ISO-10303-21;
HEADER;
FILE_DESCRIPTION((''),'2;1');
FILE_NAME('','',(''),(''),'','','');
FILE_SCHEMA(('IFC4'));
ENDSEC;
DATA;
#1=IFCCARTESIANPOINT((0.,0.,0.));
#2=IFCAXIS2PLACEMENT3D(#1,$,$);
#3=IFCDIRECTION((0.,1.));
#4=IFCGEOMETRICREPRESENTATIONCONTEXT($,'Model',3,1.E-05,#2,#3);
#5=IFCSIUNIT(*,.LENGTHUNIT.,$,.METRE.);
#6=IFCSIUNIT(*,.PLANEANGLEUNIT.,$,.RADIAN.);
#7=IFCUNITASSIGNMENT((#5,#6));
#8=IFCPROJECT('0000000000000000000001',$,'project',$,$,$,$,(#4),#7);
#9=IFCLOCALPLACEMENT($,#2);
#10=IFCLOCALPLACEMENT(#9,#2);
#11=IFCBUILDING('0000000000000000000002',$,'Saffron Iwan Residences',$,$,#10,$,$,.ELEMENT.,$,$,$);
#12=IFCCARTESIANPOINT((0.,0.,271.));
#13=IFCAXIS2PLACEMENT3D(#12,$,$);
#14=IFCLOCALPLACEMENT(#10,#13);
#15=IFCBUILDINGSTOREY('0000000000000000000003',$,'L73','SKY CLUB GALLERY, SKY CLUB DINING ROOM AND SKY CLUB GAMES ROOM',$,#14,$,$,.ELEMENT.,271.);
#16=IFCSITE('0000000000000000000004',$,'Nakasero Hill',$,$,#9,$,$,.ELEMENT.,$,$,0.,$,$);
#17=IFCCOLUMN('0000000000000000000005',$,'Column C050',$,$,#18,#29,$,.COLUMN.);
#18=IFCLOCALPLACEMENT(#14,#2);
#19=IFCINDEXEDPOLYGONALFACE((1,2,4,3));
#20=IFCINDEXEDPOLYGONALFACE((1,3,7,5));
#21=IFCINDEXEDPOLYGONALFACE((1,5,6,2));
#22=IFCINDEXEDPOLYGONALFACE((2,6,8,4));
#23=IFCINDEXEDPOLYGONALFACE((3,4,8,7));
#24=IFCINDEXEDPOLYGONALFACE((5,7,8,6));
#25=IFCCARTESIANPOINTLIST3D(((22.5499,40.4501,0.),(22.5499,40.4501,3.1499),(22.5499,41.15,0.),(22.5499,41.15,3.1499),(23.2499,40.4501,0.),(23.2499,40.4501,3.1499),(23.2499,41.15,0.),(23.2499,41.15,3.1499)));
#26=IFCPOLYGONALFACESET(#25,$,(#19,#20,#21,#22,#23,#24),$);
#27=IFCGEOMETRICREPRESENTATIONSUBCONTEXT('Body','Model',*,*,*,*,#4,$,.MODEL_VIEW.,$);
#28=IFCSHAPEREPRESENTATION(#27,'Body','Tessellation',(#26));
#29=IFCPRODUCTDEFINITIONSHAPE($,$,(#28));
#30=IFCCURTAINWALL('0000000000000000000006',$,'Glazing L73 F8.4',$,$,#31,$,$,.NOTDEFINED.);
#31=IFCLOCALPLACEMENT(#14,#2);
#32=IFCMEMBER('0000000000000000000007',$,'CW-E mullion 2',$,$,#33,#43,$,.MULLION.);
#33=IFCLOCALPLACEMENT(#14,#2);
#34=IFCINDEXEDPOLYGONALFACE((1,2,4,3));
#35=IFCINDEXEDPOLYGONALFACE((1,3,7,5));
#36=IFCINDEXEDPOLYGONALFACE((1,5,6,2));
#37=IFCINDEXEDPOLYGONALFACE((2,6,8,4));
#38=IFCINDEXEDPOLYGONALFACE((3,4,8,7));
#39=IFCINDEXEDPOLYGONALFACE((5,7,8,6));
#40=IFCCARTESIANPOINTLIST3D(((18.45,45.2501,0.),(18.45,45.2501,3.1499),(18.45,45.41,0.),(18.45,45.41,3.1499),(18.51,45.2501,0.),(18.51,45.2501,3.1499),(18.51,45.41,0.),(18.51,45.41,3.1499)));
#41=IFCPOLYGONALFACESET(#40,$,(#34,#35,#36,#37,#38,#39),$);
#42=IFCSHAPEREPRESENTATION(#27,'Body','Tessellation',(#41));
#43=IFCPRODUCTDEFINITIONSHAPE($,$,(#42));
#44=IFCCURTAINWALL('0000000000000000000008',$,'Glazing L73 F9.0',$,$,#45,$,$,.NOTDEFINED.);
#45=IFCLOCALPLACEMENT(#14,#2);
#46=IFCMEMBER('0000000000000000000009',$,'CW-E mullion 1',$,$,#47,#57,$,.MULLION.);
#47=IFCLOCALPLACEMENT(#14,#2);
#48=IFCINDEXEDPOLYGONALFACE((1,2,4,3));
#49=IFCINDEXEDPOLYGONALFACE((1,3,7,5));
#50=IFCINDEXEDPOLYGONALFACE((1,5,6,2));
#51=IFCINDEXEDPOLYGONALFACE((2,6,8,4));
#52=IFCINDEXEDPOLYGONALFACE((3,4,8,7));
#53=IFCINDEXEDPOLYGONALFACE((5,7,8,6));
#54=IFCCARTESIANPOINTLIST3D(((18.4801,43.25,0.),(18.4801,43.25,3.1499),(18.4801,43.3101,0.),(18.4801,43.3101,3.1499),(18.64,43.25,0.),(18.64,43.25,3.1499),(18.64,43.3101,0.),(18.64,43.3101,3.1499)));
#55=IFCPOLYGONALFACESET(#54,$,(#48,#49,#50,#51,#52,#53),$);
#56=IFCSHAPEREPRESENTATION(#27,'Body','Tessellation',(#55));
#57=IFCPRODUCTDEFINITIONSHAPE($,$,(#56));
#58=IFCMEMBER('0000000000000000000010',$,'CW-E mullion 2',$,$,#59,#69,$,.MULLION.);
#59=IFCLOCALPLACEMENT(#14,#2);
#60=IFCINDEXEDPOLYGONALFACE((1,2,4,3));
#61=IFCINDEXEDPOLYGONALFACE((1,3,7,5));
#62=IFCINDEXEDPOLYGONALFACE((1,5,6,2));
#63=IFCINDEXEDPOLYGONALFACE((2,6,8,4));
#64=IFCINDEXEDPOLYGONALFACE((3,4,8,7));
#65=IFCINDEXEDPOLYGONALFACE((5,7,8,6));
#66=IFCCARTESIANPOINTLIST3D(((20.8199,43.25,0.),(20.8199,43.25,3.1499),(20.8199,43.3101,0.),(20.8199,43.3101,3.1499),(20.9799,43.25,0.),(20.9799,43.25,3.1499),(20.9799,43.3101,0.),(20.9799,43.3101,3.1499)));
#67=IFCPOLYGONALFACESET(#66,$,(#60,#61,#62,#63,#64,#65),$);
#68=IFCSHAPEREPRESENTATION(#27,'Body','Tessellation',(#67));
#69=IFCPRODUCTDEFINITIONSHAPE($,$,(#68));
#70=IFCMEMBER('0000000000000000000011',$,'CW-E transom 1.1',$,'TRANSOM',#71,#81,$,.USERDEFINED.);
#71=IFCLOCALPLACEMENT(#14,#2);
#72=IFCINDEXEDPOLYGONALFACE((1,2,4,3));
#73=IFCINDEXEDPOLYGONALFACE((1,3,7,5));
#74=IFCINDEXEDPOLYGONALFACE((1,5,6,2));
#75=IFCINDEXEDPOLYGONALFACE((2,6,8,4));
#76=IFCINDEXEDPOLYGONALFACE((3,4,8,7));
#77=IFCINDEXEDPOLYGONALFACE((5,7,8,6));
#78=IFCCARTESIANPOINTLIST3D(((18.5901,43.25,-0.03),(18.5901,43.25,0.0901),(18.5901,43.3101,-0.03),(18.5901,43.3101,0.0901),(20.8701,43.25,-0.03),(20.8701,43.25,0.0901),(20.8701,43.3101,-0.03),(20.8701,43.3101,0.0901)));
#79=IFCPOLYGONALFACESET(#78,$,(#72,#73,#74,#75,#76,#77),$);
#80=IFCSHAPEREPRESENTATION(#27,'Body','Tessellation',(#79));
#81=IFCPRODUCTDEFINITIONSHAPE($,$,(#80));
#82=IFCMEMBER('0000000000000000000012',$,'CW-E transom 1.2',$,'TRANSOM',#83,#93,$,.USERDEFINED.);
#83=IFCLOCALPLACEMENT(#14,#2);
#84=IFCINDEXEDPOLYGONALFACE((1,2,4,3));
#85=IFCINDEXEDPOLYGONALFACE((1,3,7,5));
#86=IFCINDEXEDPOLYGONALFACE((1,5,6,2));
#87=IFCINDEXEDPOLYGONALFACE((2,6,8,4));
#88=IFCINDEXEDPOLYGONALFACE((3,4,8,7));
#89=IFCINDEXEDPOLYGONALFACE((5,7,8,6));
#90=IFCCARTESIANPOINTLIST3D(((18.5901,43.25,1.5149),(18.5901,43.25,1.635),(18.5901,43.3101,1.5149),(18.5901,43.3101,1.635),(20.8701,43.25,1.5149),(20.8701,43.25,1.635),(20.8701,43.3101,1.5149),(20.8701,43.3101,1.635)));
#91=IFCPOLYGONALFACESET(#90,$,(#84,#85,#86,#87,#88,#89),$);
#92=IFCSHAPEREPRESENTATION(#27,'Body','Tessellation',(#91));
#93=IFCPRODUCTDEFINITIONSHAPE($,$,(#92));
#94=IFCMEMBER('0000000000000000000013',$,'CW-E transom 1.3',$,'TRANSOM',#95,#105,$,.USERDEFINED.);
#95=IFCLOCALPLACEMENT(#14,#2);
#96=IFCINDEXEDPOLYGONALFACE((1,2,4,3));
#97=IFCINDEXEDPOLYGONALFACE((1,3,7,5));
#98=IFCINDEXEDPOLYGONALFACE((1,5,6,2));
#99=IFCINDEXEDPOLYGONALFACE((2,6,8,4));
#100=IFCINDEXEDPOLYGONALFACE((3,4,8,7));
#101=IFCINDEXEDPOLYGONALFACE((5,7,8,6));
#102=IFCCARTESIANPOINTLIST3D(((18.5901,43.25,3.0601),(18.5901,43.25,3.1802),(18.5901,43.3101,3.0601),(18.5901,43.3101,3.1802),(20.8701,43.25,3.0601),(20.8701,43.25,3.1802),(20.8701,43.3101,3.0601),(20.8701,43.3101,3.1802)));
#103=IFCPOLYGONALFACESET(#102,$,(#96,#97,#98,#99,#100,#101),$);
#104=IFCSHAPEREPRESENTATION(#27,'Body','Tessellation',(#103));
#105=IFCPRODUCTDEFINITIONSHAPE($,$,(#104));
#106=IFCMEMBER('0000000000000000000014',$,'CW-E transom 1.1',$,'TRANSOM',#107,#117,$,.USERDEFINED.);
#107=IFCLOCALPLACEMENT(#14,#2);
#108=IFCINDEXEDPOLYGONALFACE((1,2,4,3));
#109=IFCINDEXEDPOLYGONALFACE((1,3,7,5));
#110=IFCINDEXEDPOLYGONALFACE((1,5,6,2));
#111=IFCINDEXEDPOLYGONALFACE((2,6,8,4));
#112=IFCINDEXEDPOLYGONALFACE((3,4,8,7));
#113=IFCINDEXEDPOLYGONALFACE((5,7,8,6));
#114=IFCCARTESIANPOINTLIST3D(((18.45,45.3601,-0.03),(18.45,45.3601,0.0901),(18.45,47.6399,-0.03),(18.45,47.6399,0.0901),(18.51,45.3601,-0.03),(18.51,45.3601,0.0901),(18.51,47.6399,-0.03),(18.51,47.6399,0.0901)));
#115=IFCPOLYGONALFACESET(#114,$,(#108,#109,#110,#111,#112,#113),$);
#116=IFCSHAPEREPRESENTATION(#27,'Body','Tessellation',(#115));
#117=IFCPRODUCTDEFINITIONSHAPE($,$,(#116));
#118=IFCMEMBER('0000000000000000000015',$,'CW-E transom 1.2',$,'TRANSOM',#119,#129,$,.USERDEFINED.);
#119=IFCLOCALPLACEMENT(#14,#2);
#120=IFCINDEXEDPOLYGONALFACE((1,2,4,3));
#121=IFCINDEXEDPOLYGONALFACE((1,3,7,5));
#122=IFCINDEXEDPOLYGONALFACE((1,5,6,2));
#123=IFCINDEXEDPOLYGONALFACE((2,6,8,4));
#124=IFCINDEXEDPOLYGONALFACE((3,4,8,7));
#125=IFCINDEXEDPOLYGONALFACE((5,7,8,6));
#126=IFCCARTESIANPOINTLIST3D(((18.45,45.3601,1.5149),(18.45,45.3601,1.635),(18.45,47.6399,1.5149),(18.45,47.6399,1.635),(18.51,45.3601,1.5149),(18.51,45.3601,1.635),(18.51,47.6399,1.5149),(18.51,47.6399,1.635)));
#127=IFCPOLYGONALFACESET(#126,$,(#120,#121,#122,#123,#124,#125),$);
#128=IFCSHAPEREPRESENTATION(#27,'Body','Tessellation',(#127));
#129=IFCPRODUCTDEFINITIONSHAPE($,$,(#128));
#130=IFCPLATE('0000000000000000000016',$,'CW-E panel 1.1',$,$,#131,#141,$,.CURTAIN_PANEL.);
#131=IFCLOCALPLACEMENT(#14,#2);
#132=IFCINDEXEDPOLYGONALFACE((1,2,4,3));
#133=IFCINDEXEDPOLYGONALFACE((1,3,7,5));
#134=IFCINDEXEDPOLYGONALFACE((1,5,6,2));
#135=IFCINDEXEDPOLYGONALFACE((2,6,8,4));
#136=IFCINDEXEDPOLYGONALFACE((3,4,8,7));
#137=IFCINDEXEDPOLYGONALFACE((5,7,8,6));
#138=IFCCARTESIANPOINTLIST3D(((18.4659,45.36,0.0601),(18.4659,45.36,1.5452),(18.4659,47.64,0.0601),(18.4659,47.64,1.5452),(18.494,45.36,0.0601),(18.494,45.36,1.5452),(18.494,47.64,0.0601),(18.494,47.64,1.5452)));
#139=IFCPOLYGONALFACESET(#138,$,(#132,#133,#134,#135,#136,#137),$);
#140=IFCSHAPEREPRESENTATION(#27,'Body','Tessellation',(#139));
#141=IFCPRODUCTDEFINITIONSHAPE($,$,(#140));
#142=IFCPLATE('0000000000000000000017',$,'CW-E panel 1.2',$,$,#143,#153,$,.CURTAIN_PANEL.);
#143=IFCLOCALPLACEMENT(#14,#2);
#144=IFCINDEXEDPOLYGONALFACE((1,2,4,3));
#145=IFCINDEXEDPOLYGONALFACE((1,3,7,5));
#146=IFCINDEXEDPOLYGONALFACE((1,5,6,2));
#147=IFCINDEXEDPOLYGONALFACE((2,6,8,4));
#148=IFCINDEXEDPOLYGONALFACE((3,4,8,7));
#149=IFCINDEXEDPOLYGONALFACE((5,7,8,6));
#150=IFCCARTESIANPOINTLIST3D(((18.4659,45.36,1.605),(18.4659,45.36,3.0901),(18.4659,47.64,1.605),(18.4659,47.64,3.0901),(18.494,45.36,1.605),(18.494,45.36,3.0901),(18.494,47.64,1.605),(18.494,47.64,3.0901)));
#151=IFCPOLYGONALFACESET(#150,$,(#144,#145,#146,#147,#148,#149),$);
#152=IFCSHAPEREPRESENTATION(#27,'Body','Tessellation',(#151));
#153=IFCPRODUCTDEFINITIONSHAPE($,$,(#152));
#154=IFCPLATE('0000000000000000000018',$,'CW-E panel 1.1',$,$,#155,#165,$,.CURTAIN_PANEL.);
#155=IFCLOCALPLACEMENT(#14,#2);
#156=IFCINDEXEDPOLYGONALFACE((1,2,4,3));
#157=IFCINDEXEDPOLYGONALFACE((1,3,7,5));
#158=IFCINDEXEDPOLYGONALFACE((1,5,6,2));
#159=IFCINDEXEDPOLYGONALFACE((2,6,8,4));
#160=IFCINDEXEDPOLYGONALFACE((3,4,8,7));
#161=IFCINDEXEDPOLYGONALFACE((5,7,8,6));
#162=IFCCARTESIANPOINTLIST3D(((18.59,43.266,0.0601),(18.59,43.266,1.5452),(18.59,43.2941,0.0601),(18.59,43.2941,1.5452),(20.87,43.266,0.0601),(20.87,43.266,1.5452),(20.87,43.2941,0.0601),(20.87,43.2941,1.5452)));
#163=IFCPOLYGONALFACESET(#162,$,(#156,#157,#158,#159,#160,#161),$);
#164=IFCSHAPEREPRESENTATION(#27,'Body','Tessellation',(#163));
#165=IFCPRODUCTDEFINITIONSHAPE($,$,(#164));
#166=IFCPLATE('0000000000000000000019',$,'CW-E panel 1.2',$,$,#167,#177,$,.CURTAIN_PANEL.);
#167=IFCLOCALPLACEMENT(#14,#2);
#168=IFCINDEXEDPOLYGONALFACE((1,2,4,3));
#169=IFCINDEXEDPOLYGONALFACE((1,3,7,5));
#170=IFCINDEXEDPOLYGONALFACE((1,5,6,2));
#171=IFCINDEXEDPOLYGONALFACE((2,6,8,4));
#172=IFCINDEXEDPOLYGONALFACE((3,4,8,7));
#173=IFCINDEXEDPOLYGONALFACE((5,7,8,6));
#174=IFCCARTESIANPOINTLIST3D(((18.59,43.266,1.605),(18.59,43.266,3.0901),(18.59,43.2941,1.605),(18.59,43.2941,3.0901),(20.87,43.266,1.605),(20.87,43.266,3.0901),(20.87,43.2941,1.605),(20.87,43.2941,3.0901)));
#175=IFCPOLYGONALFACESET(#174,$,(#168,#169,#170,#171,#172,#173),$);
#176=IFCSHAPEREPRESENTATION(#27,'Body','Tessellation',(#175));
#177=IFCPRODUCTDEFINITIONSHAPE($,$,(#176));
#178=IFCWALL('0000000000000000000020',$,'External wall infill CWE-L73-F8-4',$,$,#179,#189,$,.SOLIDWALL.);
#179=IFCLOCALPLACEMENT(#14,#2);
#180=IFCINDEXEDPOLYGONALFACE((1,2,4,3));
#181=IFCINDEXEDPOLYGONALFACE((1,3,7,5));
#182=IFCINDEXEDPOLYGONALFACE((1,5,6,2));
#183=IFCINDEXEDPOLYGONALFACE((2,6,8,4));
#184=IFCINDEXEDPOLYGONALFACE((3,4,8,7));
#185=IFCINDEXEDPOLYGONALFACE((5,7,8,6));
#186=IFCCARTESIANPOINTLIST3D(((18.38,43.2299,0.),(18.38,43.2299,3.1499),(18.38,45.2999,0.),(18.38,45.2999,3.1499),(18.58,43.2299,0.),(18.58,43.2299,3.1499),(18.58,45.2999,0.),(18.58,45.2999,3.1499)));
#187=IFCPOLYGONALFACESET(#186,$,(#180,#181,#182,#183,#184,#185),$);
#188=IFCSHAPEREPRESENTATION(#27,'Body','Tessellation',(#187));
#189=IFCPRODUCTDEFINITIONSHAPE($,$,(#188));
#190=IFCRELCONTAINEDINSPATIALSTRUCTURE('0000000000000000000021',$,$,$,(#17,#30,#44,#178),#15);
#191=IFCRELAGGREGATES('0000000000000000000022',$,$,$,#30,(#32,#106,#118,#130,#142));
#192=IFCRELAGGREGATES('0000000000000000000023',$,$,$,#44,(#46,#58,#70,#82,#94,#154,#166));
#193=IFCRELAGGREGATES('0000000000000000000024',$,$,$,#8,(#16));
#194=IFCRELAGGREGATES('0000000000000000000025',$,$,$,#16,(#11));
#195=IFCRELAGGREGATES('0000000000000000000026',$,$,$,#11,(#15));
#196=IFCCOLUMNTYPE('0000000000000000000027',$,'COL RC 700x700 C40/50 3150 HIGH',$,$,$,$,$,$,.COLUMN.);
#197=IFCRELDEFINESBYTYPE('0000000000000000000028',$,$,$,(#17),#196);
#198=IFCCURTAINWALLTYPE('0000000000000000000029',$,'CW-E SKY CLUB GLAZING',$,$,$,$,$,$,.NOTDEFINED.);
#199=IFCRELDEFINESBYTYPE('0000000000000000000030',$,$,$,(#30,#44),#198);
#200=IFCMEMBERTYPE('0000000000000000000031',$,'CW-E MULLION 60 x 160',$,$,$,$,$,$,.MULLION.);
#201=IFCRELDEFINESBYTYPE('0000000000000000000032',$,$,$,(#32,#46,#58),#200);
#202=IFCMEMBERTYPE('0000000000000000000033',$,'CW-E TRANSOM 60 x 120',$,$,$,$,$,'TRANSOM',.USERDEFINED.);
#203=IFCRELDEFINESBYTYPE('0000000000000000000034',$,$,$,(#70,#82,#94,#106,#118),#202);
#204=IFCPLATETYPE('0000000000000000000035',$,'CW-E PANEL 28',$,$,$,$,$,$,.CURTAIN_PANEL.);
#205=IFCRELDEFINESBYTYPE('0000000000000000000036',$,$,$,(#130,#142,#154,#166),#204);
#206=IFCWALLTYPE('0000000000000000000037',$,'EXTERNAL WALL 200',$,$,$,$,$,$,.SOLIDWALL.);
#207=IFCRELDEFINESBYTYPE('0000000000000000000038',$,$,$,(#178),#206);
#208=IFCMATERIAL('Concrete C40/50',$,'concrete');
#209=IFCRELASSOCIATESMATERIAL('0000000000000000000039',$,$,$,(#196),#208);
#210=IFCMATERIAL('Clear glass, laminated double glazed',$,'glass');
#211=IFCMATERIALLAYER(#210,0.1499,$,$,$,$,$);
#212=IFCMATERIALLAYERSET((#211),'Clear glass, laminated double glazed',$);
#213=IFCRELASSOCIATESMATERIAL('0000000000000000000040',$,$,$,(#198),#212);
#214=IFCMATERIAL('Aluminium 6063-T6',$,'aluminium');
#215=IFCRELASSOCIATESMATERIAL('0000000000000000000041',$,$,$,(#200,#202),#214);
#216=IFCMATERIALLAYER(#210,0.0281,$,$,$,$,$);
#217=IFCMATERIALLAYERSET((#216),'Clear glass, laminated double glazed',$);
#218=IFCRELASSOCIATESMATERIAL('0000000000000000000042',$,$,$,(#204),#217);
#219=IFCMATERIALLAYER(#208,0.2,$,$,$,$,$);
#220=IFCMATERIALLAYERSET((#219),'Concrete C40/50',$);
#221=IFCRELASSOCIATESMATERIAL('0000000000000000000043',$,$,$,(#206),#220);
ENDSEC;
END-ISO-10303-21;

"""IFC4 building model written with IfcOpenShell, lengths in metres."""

from ifc_helpers import new_model, si_unit, direction, frame, frame_2d, origin, origin_2d, place, context, subcontext, project, spatial, rectangle, extrude, source, transform, mapped, material, layer, layer_set, material_profile, profile_set, type_object, element, aggregate, save


model = new_model("IFC4")

# Units and contexts
model_context = context("Model", 3, precision=1e-05, world=origin(), true_north=direction((0.0, 1.0)))
body_context = subcontext(model_context, "Body", "Model", "MODEL_VIEW")
ifc_project = project(units=[si_unit("LENGTHUNIT", "METRE"), si_unit("PLANEANGLEUNIT", "RADIAN")], contexts=[model_context])

# Site, building, storey
site_placement = place(None, origin())
site = spatial("IfcSite", under=ifc_project, at=site_placement, Name="Nakasero Hill", CompositionType="ELEMENT", RefElevation=0.0)
building_placement = place(site_placement, origin())
building = spatial("IfcBuilding", under=site, at=building_placement, Name="Saffron Iwan Residences", CompositionType="ELEMENT")
storey_placement = place(building_placement, frame((0.0, 0.0, 271.0)))
storey = spatial("IfcBuildingStorey", under=building, at=storey_placement, Name="L73", Description="SKY CLUB GALLERY, SKY CLUB DINING ROOM AND SKY CLUB GAMES ROOM", CompositionType="ELEMENT", Elevation=271.0)

# Column
ifc_material_1 = material(Name="Concrete C40/50", Category="concrete")
ifc_material_profile_1 = material_profile(ifc_material_1, rectangle(XDim=0.7, YDim=0.7, at=origin_2d()), Name="RC 700x700")
ifc_profile_set_1 = profile_set([ifc_material_profile_1], Name="Concrete C40/50")
column_type = type_object("IfcColumnType", Name="COL RC 700x700 C40/50 3150 HIGH", PredefinedType="COLUMN", material=ifc_profile_set_1)
shared_shape_1 = source(origin(), body_context, "Body", "SweptSolid", [
    extrude(rectangle(XDim=0.7, YDim=0.7, at=origin_2d()), origin(), (0.0, 0.0, 1.0), 3.1499),
])
column_placement = place(storey_placement, frame((22.8999, 40.8, 0.0), z_axis=(0.0, 0.0, 1.0), x_axis=(1.0, 0.0, 0.0)))
element("IfcColumn", 1, at=column_placement, inside=storey, type_object=column_type, Name="Column C050", PredefinedType="COLUMN", context=body_context, shape_type="MappedRepresentation", body=[
    mapped(shared_shape_1, transform((0.0, 0.0, 0.0))),
])

# Curtain wall, member
ifc_material_2 = material(Name="Clear glass, laminated double glazed", Category="glass")
ifc_layer_1 = layer(ifc_material_2, 0.1499)
ifc_layer_set_1 = layer_set([ifc_layer_1], Name="Clear glass, laminated double glazed")
curtain_wall_type = type_object("IfcCurtainWallType", Name="CW-E SKY CLUB GLAZING", PredefinedType="NOTDEFINED", material=ifc_layer_set_1)
curtain_wall_1_placement = place(storey_placement, origin())
curtain_wall_1 = element("IfcCurtainWall", 2, at=curtain_wall_1_placement, inside=storey, type_object=curtain_wall_type, Name="Glazing L73 F8.4", PredefinedType="NOTDEFINED")
ifc_material_3 = material(Name="Aluminium 6063-T6", Category="aluminium")
ifc_material_profile_2 = material_profile(ifc_material_3, rectangle(XDim=0.0601, YDim=0.1599, at=origin_2d()), Name="CW-E MULLION 60 x 160")
ifc_profile_set_2 = profile_set([ifc_material_profile_2], Name="Aluminium 6063-T6")
member_type_1 = type_object("IfcMemberType", Name="CW-E MULLION 60 x 160", PredefinedType="MULLION", material=ifc_profile_set_2)
shared_shape_2 = source(origin(), body_context, "Body", "SweptSolid", [
    extrude(rectangle(XDim=0.0601, YDim=0.1599, at=origin_2d()), origin(), (0.0, 0.0, 1.0), 3.1499),
])
member_1_placement = place(storey_placement, frame((18.48, 45.3301, 0.0), z_axis=(0.0, 0.0, 1.0), x_axis=(1.0, 0.0, 0.0)))
member_1 = element("IfcMember", 3, at=member_1_placement, type_object=member_type_1, Name="CW-E mullion 2", PredefinedType="MULLION", context=body_context, shape_type="MappedRepresentation", body=[
    mapped(shared_shape_2, transform((0.0, 0.0, 0.0))),
])

# Curtain wall, members
curtain_wall_2_placement = place(storey_placement, origin())
curtain_wall_2 = element("IfcCurtainWall", 4, at=curtain_wall_2_placement, inside=storey, type_object=curtain_wall_type, Name="Glazing L73 F9.0", PredefinedType="NOTDEFINED")
member_2_placement = place(storey_placement, frame((18.5601, 43.28, 0.0), z_axis=(0.0, 0.0, 1.0), x_axis=(0.0, 1.0, 0.0)))
member_2 = element("IfcMember", 5, at=member_2_placement, type_object=member_type_1, Name="CW-E mullion 1", PredefinedType="MULLION", context=body_context, shape_type="MappedRepresentation", body=[
    mapped(shared_shape_2, transform((0.0, 0.0, 0.0))),
])
member_3_placement = place(storey_placement, frame((20.8999, 43.28, 0.0), z_axis=(0.0, 0.0, 1.0), x_axis=(0.0, 1.0, 0.0)))
member_3 = element("IfcMember", 6, at=member_3_placement, type_object=member_type_1, Name="CW-E mullion 2", PredefinedType="MULLION", context=body_context, shape_type="MappedRepresentation", body=[
    mapped(shared_shape_2, transform((0.0, 0.0, 0.0))),
])
ifc_material_profile_3 = material_profile(ifc_material_3, rectangle(XDim=0.0601, YDim=0.1201, at=origin_2d()), Name="CW-E TRANSOM 60 x 120")
ifc_profile_set_3 = profile_set([ifc_material_profile_3], Name="Aluminium 6063-T6")
member_type_2 = type_object("IfcMemberType", Name="CW-E TRANSOM 60 x 120", ElementType="TRANSOM", PredefinedType="USERDEFINED", material=ifc_profile_set_3)
shared_shape_3 = source(origin(), body_context, "Body", "SweptSolid", [
    extrude(rectangle(XDim=0.0601, YDim=0.1201, at=origin_2d()), origin(), (0.0, 0.0, 1.0), 2.28),
])
member_4_placement = place(storey_placement, frame((18.5901, 43.28, 0.03), z_axis=(1.0, 0.0, 0.0), x_axis=(0.0, 1.0, 0.0)))
member_4 = element("IfcMember", 7, at=member_4_placement, type_object=member_type_2, Name="CW-E transom 1.1", ObjectType="TRANSOM", PredefinedType="USERDEFINED", context=body_context, shape_type="MappedRepresentation", body=[
    mapped(shared_shape_3, transform((0.0, 0.0, 0.0))),
])
member_5_placement = place(storey_placement, frame((18.5901, 43.28, 1.575), z_axis=(1.0, 0.0, 0.0), x_axis=(0.0, 1.0, 0.0)))
member_5 = element("IfcMember", 8, at=member_5_placement, type_object=member_type_2, Name="CW-E transom 1.2", ObjectType="TRANSOM", PredefinedType="USERDEFINED", context=body_context, shape_type="MappedRepresentation", body=[
    mapped(shared_shape_3, transform((0.0, 0.0, 0.0))),
])
member_6_placement = place(storey_placement, frame((18.5901, 43.28, 3.1201), z_axis=(1.0, 0.0, 0.0), x_axis=(0.0, 1.0, 0.0)))
member_6 = element("IfcMember", 9, at=member_6_placement, type_object=member_type_2, Name="CW-E transom 1.3", ObjectType="TRANSOM", PredefinedType="USERDEFINED", context=body_context, shape_type="MappedRepresentation", body=[
    mapped(shared_shape_3, transform((0.0, 0.0, 0.0))),
])

# Members
shared_shape_4 = source(origin(), body_context, "Body", "SweptSolid", [
    extrude(rectangle(XDim=0.0601, YDim=0.1201, at=origin_2d()), origin(), (0.0, 0.0, 1.0), 2.2798),
])
member_7_placement = place(storey_placement, frame((18.48, 47.6399, 0.03), z_axis=(0.0, -1.0, 0.0), x_axis=(1.0, 0.0, 0.0)))
member_7 = element("IfcMember", 10, at=member_7_placement, type_object=member_type_2, Name="CW-E transom 1.1", ObjectType="TRANSOM", PredefinedType="USERDEFINED", context=body_context, shape_type="MappedRepresentation", body=[
    mapped(shared_shape_4, transform((0.0, 0.0, 0.0))),
])
member_8_placement = place(storey_placement, frame((18.48, 47.6399, 1.575), z_axis=(0.0, -1.0, 0.0), x_axis=(1.0, 0.0, 0.0)))
member_8 = element("IfcMember", 11, at=member_8_placement, type_object=member_type_2, Name="CW-E transom 1.2", ObjectType="TRANSOM", PredefinedType="USERDEFINED", context=body_context, shape_type="MappedRepresentation", body=[
    mapped(shared_shape_4, transform((0.0, 0.0, 0.0))),
])

# Plates
ifc_layer_2 = layer(ifc_material_2, 0.0281)
ifc_layer_set_2 = layer_set([ifc_layer_2], Name="Clear glass, laminated double glazed")
plate_type = type_object("IfcPlateType", Name="CW-E PANEL 28", PredefinedType="CURTAIN_PANEL", material=ifc_layer_set_2)
shared_shape_5 = source(origin(), body_context, "Body", "SweptSolid", [
    extrude(rectangle(XDim=2.28, YDim=0.0281, at=origin_2d()), origin(), (0.0, 0.0, 1.0), 1.4851),
])
plate_1_placement = place(storey_placement, frame((18.48, 46.5, 0.0601), z_axis=(0.0, 0.0, 1.0), x_axis=(0.0, -1.0, 0.0)))
plate_1 = element("IfcPlate", 12, at=plate_1_placement, type_object=plate_type, Name="CW-E panel 1.1", PredefinedType="CURTAIN_PANEL", context=body_context, shape_type="MappedRepresentation", body=[
    mapped(shared_shape_5, transform((0.0, 0.0, 0.0))),
])
plate_2_placement = place(storey_placement, frame((18.48, 46.5, 1.605), z_axis=(0.0, 0.0, 1.0), x_axis=(0.0, -1.0, 0.0)))
plate_2 = element("IfcPlate", 13, at=plate_2_placement, type_object=plate_type, Name="CW-E panel 1.2", PredefinedType="CURTAIN_PANEL", context=body_context, shape_type="MappedRepresentation", body=[
    mapped(shared_shape_5, transform((0.0, 0.0, 0.0))),
])
aggregate(curtain_wall_1, [member_1, member_7, member_8, plate_1, plate_2])
plate_3_placement = place(storey_placement, frame((19.73, 43.28, 0.0601), z_axis=(0.0, 0.0, 1.0), x_axis=(1.0, 0.0, 0.0)))
plate_3 = element("IfcPlate", 14, at=plate_3_placement, type_object=plate_type, Name="CW-E panel 1.1", PredefinedType="CURTAIN_PANEL", context=body_context, shape_type="MappedRepresentation", body=[
    mapped(shared_shape_5, transform((0.0, 0.0, 0.0))),
])
plate_4_placement = place(storey_placement, frame((19.73, 43.28, 1.605), z_axis=(0.0, 0.0, 1.0), x_axis=(1.0, 0.0, 0.0)))
plate_4 = element("IfcPlate", 15, at=plate_4_placement, type_object=plate_type, Name="CW-E panel 1.2", PredefinedType="CURTAIN_PANEL", context=body_context, shape_type="MappedRepresentation", body=[
    mapped(shared_shape_5, transform((0.0, 0.0, 0.0))),
])
aggregate(curtain_wall_2, [member_2, member_3, member_4, member_5, member_6, plate_3, plate_4])

# Wall
ifc_layer_3 = layer(ifc_material_1, 0.2)
ifc_layer_set_3 = layer_set([ifc_layer_3], Name="Concrete C40/50")
wall_type_1 = type_object("IfcWallType", Name="EXTERNAL WALL 200", PredefinedType="SOLIDWALL", material=ifc_layer_set_3)
wall_1_placement = place(storey_placement, frame((18.48, 45.3, 0.0), z_axis=(0.0, 0.0, 1.0), x_axis=(0.0, -1.0, 0.0)))
element("IfcWall", 16, at=wall_1_placement, inside=storey, type_object=wall_type_1, Name="External wall infill CWE-L73-F8-4", PredefinedType="SOLIDWALL", context=body_context, shape_type="SweptSolid", body=[
    extrude(rectangle(XDim=2.0701, YDim=0.2, at=frame_2d((1.0352, 0.0))), origin(), (0.0, 0.0, 1.0), 3.1499),
])

save(model, "model.ifc")
